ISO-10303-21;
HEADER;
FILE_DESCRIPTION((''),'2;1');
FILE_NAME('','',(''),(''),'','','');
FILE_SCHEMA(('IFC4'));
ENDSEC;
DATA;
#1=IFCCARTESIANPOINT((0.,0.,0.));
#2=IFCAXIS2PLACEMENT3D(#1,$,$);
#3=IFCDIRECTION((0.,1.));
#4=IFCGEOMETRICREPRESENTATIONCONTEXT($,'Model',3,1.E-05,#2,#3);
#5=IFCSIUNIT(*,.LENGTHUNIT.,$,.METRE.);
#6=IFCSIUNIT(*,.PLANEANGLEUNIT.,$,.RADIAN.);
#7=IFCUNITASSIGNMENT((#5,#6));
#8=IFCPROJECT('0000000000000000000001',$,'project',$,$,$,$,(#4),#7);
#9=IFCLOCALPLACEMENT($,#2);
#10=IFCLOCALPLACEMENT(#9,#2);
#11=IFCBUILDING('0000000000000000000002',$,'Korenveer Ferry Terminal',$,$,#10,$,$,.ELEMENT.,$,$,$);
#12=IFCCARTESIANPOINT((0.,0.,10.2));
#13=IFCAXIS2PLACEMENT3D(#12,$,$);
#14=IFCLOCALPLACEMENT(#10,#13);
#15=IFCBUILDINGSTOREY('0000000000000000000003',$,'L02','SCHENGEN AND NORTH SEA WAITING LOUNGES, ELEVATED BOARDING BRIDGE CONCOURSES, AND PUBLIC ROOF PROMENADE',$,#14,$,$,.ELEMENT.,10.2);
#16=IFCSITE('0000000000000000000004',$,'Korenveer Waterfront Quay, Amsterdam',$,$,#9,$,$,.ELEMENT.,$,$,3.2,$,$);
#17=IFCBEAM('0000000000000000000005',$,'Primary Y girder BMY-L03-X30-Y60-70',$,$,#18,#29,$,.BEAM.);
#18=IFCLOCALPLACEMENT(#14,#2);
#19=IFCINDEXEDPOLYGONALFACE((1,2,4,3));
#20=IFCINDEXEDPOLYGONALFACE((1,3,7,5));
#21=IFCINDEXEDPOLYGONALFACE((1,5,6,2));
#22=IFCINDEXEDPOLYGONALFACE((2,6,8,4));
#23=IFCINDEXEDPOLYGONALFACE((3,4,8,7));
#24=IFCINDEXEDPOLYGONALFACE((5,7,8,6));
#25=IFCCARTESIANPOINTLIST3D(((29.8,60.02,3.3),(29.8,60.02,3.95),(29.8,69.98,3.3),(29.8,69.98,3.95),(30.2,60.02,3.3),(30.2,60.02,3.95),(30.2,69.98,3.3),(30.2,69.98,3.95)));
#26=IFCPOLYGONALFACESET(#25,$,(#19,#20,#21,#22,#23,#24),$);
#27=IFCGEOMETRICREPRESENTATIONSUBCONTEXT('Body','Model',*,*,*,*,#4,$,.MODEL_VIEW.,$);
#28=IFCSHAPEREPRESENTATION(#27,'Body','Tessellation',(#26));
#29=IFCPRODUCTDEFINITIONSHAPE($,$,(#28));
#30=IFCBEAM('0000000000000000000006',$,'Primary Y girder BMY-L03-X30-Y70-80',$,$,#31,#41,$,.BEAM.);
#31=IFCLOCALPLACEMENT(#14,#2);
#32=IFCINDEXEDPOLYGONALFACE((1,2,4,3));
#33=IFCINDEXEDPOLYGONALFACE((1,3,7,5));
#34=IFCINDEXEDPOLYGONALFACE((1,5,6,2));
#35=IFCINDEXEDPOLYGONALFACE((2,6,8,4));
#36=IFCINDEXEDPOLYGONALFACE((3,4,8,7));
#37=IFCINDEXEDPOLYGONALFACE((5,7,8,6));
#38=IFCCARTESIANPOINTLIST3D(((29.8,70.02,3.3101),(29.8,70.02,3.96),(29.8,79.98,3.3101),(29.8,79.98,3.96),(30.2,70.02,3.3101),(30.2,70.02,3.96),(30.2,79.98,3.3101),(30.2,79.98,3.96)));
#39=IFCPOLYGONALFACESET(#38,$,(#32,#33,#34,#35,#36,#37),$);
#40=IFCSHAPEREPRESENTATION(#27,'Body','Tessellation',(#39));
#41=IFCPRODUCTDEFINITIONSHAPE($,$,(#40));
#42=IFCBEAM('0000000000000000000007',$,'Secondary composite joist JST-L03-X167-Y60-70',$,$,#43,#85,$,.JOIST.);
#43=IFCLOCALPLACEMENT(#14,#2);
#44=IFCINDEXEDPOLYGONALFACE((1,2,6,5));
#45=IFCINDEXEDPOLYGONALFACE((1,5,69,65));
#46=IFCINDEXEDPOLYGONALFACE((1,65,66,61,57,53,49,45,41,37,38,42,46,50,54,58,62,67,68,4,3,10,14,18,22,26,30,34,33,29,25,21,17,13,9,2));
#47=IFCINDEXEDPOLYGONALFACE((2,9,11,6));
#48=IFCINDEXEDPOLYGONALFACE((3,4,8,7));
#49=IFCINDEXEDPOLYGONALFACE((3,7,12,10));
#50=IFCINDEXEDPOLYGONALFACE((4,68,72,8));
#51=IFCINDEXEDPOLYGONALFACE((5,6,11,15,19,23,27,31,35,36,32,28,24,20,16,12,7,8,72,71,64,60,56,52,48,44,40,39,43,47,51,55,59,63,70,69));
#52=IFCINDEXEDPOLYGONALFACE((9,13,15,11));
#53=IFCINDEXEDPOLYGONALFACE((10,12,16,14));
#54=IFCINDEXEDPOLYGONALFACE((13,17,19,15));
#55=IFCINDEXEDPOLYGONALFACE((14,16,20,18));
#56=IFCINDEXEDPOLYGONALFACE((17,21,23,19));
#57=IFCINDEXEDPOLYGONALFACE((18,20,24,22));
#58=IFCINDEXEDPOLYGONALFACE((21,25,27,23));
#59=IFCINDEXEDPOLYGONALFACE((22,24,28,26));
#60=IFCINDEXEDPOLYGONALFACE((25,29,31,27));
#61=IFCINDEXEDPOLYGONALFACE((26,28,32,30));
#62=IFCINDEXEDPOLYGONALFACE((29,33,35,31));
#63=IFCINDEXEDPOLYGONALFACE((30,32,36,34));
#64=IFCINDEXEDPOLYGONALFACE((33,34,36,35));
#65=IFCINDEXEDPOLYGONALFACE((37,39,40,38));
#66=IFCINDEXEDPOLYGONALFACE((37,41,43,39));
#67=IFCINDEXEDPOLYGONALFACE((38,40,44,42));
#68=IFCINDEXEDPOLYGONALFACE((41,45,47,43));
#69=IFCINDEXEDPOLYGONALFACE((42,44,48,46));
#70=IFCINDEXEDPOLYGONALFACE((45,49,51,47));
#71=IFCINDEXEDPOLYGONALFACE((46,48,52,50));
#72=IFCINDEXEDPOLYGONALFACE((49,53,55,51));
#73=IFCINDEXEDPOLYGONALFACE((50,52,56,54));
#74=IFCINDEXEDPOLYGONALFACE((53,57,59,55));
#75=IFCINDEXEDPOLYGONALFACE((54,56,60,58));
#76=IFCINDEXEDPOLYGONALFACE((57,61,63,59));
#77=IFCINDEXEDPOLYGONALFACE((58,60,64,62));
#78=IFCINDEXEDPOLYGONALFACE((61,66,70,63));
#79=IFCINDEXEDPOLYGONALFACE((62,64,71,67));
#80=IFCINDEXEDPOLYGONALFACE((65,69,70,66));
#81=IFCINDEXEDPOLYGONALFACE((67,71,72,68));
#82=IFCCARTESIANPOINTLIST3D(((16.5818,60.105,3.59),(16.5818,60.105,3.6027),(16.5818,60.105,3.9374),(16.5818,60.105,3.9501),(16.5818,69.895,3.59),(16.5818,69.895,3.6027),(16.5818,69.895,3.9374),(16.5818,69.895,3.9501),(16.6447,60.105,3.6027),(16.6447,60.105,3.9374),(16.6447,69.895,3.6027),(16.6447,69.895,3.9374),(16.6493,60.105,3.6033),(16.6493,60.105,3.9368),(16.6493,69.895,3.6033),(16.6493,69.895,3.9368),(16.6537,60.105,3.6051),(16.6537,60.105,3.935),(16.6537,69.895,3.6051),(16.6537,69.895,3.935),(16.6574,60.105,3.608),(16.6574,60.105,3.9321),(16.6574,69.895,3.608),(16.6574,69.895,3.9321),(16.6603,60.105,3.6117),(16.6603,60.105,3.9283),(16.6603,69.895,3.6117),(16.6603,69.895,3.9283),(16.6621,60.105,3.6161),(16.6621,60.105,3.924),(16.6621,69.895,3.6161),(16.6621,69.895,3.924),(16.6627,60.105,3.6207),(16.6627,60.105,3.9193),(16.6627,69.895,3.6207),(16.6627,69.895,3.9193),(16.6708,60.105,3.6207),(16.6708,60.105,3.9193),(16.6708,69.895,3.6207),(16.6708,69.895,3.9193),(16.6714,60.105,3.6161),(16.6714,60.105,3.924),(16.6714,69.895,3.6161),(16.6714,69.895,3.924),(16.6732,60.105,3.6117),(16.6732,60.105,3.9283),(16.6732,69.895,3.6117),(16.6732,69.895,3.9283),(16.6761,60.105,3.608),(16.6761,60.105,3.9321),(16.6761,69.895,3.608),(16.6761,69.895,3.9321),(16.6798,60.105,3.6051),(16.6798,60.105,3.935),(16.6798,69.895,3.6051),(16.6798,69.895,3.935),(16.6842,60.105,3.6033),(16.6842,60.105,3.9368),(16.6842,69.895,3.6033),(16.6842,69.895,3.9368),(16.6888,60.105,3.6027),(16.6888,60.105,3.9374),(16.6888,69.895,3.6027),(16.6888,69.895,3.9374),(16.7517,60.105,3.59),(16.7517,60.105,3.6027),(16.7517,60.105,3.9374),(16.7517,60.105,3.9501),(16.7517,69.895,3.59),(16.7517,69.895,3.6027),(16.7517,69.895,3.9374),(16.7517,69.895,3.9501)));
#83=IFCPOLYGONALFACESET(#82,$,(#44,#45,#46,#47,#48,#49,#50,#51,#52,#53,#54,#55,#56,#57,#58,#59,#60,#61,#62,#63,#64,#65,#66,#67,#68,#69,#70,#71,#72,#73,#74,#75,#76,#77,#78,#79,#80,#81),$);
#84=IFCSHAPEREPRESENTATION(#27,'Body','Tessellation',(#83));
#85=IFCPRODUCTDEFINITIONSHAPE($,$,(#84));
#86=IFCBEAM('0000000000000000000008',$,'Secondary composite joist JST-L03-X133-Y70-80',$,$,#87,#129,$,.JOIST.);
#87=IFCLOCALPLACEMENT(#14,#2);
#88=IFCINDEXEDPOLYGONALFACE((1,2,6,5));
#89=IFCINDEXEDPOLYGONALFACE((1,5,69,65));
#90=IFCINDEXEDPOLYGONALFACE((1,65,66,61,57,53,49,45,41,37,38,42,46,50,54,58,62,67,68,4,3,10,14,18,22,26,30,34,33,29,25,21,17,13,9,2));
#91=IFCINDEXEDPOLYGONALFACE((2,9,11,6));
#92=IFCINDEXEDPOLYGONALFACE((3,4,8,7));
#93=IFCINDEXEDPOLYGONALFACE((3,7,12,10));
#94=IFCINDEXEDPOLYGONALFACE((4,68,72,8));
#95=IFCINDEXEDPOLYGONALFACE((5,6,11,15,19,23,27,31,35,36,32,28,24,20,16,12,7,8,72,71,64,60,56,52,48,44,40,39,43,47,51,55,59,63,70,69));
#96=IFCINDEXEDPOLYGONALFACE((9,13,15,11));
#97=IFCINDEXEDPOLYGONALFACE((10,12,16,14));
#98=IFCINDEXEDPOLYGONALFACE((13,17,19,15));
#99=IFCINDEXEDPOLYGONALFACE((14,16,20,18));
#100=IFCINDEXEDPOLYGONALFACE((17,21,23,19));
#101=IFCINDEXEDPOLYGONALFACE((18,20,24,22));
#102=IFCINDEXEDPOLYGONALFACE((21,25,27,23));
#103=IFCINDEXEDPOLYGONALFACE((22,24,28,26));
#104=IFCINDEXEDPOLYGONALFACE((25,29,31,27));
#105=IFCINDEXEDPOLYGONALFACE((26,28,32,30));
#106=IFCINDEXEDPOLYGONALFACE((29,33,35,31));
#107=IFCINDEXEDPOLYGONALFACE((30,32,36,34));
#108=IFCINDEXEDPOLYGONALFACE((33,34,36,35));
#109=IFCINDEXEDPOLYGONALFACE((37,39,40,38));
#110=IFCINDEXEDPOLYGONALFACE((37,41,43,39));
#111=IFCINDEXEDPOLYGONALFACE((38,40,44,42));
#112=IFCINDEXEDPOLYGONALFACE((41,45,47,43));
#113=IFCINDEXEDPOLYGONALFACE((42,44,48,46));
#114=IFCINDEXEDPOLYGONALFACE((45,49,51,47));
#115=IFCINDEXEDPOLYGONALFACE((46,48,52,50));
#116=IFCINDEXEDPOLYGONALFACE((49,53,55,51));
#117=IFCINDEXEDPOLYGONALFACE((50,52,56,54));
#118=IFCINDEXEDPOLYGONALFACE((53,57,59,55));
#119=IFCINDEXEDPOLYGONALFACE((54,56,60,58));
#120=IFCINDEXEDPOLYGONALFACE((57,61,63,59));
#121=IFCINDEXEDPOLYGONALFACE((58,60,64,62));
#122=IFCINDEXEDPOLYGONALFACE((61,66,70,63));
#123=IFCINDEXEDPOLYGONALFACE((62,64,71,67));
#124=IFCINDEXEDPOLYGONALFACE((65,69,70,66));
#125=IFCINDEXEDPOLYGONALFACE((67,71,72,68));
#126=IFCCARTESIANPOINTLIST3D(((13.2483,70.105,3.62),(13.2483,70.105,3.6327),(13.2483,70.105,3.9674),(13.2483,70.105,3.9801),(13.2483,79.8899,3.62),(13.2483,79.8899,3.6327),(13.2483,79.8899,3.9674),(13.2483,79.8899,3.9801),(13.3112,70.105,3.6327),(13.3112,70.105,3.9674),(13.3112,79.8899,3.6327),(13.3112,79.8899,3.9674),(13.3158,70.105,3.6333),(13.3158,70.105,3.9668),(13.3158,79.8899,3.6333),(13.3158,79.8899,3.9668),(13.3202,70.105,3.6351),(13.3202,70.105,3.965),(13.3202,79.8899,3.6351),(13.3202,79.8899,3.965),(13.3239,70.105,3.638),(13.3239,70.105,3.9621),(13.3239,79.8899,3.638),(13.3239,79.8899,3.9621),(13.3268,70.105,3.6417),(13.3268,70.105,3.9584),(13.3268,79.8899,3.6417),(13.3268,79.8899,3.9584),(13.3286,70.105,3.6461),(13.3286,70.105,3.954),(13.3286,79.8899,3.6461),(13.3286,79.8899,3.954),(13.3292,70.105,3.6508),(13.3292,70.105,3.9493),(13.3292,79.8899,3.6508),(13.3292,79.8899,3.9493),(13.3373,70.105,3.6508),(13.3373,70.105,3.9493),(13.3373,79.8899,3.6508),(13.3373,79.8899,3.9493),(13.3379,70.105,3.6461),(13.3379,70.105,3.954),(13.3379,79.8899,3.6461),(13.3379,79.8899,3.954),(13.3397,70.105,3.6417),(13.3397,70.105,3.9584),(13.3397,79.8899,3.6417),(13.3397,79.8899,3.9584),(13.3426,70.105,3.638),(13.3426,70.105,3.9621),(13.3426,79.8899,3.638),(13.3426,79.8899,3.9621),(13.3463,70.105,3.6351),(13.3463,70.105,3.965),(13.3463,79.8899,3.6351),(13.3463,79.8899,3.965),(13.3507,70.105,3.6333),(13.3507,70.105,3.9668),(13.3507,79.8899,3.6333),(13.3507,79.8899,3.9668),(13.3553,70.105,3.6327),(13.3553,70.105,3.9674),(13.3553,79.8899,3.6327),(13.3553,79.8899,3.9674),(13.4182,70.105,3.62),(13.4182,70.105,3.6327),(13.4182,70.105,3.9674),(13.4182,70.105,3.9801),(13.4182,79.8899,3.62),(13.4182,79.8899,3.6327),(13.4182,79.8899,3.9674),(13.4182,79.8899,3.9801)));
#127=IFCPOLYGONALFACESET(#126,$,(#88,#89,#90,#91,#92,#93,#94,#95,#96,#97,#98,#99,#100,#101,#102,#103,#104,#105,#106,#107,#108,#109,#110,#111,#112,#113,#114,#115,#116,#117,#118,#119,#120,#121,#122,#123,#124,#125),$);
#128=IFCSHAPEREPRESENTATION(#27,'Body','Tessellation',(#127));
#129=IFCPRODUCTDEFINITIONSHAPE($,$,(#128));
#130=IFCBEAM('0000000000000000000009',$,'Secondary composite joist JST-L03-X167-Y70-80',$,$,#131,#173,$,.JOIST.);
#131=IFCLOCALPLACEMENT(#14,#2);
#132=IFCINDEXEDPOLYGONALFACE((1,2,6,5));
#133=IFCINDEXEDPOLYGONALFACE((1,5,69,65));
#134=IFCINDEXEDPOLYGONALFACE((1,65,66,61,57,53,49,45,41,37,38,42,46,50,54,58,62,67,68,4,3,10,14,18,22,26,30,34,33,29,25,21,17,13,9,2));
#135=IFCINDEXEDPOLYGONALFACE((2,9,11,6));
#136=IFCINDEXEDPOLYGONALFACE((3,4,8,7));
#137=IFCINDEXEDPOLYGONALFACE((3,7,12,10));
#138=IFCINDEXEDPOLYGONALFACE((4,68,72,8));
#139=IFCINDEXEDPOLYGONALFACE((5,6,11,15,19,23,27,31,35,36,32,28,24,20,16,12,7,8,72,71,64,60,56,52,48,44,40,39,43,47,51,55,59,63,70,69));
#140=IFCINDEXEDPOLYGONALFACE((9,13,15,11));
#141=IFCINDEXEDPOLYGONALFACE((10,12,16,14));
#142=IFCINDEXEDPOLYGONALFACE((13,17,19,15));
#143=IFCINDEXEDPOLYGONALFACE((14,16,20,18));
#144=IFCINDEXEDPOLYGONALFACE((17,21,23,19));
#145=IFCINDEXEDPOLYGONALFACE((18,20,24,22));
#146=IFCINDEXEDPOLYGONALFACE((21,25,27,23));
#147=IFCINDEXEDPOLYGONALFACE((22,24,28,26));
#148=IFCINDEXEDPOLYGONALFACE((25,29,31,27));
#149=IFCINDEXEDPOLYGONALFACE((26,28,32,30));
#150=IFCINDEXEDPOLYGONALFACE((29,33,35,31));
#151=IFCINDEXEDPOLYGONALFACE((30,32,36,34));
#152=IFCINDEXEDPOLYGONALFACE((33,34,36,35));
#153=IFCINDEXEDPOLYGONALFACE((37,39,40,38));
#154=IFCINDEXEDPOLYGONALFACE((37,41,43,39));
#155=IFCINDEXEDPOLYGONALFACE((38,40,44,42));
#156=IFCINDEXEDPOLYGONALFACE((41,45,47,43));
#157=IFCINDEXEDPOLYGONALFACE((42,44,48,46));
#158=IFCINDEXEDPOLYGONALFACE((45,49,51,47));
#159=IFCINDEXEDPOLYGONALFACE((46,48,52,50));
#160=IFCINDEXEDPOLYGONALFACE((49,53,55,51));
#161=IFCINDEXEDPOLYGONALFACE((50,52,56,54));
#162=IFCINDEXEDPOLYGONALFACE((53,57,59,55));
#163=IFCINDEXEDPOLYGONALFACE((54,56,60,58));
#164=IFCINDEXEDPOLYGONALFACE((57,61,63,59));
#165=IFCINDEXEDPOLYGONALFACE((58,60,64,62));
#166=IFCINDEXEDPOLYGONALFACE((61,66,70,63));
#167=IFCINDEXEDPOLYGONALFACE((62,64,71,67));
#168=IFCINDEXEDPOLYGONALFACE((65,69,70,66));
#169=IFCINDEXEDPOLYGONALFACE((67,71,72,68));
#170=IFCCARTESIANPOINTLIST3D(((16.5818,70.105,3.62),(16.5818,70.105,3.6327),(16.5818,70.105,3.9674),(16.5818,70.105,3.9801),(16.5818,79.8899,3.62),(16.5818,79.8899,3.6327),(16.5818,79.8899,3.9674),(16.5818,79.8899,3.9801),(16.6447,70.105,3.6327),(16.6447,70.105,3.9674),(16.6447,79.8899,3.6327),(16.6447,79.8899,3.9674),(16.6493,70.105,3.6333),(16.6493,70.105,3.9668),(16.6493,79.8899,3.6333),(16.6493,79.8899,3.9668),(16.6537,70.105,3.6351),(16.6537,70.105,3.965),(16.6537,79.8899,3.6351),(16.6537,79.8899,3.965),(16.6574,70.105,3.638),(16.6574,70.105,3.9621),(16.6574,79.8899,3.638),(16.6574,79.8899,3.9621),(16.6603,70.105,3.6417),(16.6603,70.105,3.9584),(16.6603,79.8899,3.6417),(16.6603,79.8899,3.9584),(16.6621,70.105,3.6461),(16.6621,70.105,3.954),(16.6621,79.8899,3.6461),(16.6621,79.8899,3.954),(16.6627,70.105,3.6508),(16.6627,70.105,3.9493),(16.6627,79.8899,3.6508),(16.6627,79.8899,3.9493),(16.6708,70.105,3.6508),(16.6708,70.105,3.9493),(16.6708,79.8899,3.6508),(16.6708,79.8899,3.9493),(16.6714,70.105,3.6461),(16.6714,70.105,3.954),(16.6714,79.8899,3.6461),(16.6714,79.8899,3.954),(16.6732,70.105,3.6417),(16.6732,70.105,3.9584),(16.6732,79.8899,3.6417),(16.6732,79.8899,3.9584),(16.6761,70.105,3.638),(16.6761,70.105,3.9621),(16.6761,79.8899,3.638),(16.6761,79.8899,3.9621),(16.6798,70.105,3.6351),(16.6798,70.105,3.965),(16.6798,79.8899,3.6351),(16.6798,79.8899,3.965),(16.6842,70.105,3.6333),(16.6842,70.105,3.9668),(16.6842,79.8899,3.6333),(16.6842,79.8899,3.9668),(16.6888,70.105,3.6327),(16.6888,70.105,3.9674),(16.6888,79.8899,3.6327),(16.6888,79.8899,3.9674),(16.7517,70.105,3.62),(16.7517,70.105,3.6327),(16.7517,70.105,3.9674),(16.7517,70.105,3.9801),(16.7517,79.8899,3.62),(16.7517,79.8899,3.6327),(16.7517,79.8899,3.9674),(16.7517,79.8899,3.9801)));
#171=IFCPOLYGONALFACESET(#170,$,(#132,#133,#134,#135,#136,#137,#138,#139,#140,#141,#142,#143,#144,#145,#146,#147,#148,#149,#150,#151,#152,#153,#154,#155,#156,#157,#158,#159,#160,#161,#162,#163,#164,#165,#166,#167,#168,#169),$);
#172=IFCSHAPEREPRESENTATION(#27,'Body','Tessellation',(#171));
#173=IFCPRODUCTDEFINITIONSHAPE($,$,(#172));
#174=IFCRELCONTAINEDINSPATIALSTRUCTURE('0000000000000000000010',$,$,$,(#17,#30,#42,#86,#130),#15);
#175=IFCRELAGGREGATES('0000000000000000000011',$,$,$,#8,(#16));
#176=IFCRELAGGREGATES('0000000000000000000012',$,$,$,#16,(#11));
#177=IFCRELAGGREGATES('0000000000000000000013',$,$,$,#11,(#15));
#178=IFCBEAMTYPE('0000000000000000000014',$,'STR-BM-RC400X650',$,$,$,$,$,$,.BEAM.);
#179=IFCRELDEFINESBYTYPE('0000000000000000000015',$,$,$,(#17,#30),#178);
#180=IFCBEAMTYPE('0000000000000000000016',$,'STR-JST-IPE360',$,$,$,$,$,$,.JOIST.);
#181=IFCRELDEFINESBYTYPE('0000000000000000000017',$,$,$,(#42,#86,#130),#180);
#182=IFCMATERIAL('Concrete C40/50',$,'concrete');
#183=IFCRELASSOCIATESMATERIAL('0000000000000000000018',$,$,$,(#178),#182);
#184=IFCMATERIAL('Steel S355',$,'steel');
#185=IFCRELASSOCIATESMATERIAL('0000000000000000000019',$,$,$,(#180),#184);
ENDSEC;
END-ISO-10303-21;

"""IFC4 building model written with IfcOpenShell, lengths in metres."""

from ifc_helpers import new_model, si_unit, direction, frame, origin, origin_2d, place, context, subcontext, project, spatial, rectangle, i_section, extrude, material, material_profile, profile_set, type_object, element, save


model = new_model("IFC4")

# Units and contexts
model_context = context("Model", 3, precision=1e-05, world=origin(), true_north=direction((0.0, 1.0)))
body_context = subcontext(model_context, "Body", "Model", "MODEL_VIEW")
ifc_project = project(units=[si_unit("LENGTHUNIT", "METRE"), si_unit("PLANEANGLEUNIT", "RADIAN")], contexts=[model_context])

# Site, building, storey
site_placement = place(None, origin())
site = spatial("IfcSite", under=ifc_project, at=site_placement, Name="Korenveer Waterfront Quay, Amsterdam", CompositionType="ELEMENT", RefElevation=3.2)
building_placement = place(site_placement, origin())
building = spatial("IfcBuilding", under=site, at=building_placement, Name="Korenveer Ferry Terminal", CompositionType="ELEMENT")
storey_placement = place(building_placement, frame((0.0, 0.0, 10.2)))
storey = spatial("IfcBuildingStorey", under=building, at=storey_placement, Name="L02", Description="SCHENGEN AND NORTH SEA WAITING LOUNGES, ELEVATED BOARDING BRIDGE CONCOURSES, AND PUBLIC ROOF PROMENADE", CompositionType="ELEMENT", Elevation=10.2)

# Beams
ifc_material_1 = material(Name="Steel S355", Category="steel")
ifc_material_2 = material(Name="Concrete C40/50", Category="concrete")
ifc_material_profile_1 = material_profile(ifc_material_2, rectangle(XDim=0.3999, YDim=0.6499, at=origin_2d()), Name="RC 400x650")
ifc_profile_set_1 = profile_set([ifc_material_profile_1], Name="Concrete C40/50")
beam_type_1 = type_object("IfcBeamType", Name="STR-BM-RC400X650", PredefinedType="BEAM", material=ifc_profile_set_1)
for number, where, z_axis, x_axis, name in (
    (1, (30.0, 60.02, 3.625), (0.0, 1.0, 0.0), (-1.0, 0.0, 0.0), "Primary Y girder BMY-L03-X30-Y60-70"),
    (2, (30.0, 70.02, 3.635), (0.0, 1.0, 0.0), (-1.0, 0.0, 0.0), "Primary Y girder BMY-L03-X30-Y70-80"),
):
    element("IfcBeam", number, at=place(storey_placement, frame(where, z_axis=z_axis, x_axis=x_axis)), inside=storey, type_object=beam_type_1, Name=name, PredefinedType="BEAM", context=body_context, shape_type="SweptSolid", body=[
        extrude(rectangle(XDim=0.3999, YDim=0.6499, at=origin_2d()), origin(), (0.0, 0.0, 1.0), 9.96),
    ])
ifc_material_profile_2 = material_profile(ifc_material_1, i_section(OverallWidth=0.1699, OverallDepth=0.3601, WebThickness=0.0081, FlangeThickness=0.0127, FilletRadius=0.0181, at=origin_2d()), Name="IPE 360")
ifc_profile_set_2 = profile_set([ifc_material_profile_2], Name="Steel S355")
beam_type_2 = type_object("IfcBeamType", Name="STR-JST-IPE360", PredefinedType="JOIST", material=ifc_profile_set_2)
beam_placement = place(storey_placement, frame((16.6667, 60.105, 3.77), z_axis=(0.0, 1.0, 0.0), x_axis=(-1.0, 0.0, 0.0)))
element("IfcBeam", 3, at=beam_placement, inside=storey, type_object=beam_type_2, Name="Secondary composite joist JST-L03-X167-Y60-70", PredefinedType="JOIST", context=body_context, shape_type="SweptSolid", body=[
    extrude(i_section(OverallWidth=0.1699, OverallDepth=0.3601, WebThickness=0.0081, FlangeThickness=0.0127, FilletRadius=0.0181, at=origin_2d()), origin(), (0.0, 0.0, 1.0), 9.79),
])
for number, where, z_axis, x_axis, name in (
    (4, (13.3333, 70.105, 3.8), (0.0, 1.0, 0.0), (-1.0, 0.0, 0.0), "Secondary composite joist JST-L03-X133-Y70-80"),
    (5, (16.6667, 70.105, 3.8), (0.0, 1.0, 0.0), (-1.0, 0.0, 0.0), "Secondary composite joist JST-L03-X167-Y70-80"),
):
    element("IfcBeam", number, at=place(storey_placement, frame(where, z_axis=z_axis, x_axis=x_axis)), inside=storey, type_object=beam_type_2, Name=name, PredefinedType="JOIST", context=body_context, shape_type="SweptSolid", body=[
        extrude(i_section(OverallWidth=0.1699, OverallDepth=0.3601, WebThickness=0.0081, FlangeThickness=0.0127, FilletRadius=0.0181, at=origin_2d()), origin(), (0.0, 0.0, 1.0), 9.7849),
    ])

save(model, "model.ifc")
